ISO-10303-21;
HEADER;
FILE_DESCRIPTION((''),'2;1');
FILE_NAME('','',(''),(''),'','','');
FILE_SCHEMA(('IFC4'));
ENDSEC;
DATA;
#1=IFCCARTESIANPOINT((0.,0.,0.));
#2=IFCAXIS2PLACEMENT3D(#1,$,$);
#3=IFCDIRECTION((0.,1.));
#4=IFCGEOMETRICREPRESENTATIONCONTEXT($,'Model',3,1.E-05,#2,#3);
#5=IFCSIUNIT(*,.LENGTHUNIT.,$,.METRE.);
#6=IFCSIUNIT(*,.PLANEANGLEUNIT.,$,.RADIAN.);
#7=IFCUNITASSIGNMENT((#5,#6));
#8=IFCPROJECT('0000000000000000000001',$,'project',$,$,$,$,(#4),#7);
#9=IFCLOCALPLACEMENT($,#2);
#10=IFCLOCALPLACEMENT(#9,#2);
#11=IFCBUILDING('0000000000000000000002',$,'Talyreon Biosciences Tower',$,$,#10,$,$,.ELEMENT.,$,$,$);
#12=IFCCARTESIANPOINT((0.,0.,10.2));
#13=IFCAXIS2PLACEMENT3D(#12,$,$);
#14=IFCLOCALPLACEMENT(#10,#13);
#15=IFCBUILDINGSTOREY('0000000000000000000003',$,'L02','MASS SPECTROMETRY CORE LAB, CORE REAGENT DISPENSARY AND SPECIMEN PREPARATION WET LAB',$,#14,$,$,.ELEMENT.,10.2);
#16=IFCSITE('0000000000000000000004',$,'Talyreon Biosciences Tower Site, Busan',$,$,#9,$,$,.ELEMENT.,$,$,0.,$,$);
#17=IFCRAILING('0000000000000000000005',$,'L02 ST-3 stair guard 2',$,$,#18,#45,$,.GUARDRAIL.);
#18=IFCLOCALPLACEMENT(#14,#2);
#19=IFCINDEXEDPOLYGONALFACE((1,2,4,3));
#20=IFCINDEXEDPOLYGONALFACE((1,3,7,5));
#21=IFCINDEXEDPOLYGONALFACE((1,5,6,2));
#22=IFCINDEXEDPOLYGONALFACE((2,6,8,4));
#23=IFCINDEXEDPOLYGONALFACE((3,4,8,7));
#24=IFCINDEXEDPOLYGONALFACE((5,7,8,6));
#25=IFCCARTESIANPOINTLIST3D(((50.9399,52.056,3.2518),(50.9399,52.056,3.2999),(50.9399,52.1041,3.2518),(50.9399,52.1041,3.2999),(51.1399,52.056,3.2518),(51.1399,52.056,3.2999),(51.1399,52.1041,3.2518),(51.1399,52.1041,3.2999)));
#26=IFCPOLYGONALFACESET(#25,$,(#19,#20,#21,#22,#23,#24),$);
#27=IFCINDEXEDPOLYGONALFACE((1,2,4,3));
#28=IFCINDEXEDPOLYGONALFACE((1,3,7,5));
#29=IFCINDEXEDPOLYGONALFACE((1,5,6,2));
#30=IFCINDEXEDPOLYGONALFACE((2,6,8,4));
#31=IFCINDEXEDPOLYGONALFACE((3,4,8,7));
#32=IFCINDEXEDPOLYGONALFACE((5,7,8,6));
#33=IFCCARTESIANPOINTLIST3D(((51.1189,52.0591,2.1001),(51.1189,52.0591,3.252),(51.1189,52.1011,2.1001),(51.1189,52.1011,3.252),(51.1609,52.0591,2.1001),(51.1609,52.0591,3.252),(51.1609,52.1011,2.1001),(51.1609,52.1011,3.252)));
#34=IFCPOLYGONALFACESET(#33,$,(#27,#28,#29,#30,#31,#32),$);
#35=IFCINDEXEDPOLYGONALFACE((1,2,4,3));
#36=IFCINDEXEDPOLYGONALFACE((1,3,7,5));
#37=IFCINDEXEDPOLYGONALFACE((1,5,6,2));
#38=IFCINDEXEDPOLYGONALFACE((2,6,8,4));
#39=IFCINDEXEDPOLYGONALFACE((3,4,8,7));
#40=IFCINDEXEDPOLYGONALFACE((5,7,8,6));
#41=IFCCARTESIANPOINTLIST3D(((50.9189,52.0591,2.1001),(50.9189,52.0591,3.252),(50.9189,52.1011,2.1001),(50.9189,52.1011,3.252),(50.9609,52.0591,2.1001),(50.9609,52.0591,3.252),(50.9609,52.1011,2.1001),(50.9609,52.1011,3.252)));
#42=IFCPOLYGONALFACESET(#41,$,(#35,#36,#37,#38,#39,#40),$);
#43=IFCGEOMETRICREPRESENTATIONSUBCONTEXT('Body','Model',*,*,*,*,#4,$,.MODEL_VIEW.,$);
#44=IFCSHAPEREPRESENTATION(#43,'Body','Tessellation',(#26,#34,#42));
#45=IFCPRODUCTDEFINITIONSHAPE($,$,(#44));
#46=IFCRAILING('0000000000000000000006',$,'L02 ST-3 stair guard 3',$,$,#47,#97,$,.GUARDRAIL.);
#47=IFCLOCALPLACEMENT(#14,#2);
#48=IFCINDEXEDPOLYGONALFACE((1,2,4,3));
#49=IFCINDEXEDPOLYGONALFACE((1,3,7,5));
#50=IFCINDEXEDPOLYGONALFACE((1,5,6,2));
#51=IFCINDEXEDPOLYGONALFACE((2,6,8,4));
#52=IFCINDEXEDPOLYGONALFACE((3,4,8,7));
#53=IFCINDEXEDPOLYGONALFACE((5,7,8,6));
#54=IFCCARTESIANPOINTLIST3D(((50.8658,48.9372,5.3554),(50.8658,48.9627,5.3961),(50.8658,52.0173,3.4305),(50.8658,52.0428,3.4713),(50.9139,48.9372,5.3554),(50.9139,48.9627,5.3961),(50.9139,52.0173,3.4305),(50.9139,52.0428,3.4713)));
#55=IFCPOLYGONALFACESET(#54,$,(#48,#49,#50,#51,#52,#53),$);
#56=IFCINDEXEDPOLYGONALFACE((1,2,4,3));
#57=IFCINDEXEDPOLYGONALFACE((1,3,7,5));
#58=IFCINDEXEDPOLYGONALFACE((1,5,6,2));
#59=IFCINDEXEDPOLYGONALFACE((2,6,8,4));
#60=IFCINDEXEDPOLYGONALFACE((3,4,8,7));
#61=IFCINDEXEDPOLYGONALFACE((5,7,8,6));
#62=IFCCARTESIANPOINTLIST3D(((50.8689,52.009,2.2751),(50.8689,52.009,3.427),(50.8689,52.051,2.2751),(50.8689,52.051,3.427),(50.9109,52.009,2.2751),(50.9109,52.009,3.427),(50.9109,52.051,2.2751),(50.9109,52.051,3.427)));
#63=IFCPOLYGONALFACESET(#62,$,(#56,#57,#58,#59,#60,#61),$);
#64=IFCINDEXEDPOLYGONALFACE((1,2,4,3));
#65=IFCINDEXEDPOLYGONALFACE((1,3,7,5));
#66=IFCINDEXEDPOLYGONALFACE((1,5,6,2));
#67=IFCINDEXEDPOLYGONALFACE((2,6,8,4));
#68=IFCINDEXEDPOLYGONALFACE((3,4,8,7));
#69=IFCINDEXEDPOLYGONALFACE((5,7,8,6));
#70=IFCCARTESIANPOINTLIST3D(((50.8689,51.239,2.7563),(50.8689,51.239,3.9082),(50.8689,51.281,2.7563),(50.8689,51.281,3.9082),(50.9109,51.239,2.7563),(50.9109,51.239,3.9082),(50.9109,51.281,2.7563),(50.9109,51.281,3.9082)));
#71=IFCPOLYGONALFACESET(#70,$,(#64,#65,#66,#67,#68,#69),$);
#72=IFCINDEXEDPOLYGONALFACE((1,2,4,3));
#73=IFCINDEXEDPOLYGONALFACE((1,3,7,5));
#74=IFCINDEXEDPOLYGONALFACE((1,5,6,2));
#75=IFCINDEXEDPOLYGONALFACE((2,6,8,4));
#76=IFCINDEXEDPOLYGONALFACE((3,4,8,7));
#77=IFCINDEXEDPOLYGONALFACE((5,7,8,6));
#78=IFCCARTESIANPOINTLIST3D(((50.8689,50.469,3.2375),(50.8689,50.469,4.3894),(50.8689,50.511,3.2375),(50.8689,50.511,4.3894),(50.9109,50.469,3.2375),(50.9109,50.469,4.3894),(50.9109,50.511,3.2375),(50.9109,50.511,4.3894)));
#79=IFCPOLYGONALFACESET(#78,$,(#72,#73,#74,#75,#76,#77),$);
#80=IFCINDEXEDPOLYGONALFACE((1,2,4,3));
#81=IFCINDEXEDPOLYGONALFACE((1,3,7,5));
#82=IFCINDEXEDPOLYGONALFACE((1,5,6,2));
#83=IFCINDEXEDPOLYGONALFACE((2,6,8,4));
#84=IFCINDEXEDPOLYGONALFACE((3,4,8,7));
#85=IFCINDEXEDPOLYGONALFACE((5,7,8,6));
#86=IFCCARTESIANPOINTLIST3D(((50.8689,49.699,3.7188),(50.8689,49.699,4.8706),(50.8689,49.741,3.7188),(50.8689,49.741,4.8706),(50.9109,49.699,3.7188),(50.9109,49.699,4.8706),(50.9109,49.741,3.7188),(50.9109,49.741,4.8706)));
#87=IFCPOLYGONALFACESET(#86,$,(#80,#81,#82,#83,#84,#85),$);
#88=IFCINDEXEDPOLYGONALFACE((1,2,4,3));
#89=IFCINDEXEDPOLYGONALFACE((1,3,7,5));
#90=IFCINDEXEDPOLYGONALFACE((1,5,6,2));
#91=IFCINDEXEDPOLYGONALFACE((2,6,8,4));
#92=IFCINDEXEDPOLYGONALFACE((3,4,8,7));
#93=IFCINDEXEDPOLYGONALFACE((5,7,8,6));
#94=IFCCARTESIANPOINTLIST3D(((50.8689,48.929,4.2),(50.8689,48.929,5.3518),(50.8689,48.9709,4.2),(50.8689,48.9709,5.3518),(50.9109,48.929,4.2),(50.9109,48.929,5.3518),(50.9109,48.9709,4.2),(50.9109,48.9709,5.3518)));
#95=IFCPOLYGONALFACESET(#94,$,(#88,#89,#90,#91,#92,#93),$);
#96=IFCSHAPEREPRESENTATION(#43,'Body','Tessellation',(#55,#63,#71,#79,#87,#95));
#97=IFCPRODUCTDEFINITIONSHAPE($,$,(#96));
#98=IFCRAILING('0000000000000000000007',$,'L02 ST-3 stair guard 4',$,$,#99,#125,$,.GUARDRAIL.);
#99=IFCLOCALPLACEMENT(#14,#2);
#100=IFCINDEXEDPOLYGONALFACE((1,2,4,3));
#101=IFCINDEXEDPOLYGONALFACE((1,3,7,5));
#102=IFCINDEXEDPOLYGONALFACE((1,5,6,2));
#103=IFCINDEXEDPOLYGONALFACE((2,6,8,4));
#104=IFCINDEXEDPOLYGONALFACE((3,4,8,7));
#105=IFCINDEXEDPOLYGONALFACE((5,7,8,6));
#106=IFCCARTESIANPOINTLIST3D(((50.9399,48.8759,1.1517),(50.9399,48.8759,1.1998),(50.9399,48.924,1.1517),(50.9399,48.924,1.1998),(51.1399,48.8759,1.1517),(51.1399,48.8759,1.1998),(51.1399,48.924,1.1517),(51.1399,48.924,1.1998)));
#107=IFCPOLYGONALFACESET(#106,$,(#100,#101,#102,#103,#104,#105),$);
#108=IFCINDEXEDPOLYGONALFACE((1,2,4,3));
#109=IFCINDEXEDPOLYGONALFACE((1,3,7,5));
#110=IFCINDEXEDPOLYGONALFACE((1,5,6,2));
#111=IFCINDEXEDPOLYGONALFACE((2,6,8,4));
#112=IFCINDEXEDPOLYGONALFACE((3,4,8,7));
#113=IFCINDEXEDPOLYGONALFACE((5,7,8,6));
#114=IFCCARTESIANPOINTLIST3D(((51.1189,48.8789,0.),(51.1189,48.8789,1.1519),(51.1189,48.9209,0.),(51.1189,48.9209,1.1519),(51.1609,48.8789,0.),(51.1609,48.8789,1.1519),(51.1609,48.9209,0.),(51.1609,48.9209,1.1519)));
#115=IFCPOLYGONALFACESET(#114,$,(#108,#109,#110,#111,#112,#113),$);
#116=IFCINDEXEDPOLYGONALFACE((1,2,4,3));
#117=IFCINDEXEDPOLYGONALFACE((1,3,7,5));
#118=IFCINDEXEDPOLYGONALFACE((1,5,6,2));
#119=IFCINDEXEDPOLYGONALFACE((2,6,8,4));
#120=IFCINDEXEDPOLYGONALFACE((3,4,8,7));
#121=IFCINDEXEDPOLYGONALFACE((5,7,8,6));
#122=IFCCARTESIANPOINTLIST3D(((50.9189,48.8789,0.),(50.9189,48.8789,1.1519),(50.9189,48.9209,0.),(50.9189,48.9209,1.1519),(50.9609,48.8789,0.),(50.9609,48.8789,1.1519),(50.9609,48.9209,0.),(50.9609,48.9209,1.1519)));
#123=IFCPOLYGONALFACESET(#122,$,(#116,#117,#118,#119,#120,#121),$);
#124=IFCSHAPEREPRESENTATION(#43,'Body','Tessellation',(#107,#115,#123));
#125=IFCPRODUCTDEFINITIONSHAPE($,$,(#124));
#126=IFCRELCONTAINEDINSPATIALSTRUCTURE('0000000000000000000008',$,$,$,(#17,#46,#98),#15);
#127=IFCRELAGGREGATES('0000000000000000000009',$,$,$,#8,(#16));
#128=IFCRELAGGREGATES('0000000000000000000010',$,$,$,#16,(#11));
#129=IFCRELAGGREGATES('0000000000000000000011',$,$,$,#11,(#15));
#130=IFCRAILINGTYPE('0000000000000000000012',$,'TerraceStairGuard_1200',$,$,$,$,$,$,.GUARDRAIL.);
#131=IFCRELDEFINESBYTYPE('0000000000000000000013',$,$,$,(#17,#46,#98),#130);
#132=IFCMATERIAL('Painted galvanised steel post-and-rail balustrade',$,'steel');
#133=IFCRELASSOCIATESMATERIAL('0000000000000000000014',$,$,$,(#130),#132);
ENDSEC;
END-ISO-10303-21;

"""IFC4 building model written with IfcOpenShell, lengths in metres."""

from ifc_helpers import new_model, si_unit, direction, frame, origin, origin_2d, place, context, subcontext, project, spatial, rectangle, extrude, material, type_object, element, save


model = new_model("IFC4")

# Units and contexts
model_context = context("Model", 3, precision=1e-05, world=origin(), true_north=direction((0.0, 1.0)))
body_context = subcontext(model_context, "Body", "Model", "MODEL_VIEW")
ifc_project = project(units=[si_unit("LENGTHUNIT", "METRE"), si_unit("PLANEANGLEUNIT", "RADIAN")], contexts=[model_context])

# Site, building, storey
site_placement = place(None, origin())
site = spatial("IfcSite", under=ifc_project, at=site_placement, Name="Talyreon Biosciences Tower Site, Busan", CompositionType="ELEMENT", RefElevation=0.0)
building_placement = place(site_placement, origin())
building = spatial("IfcBuilding", under=site, at=building_placement, Name="Talyreon Biosciences Tower", CompositionType="ELEMENT")
storey_placement = place(building_placement, frame((0.0, 0.0, 10.2)))
storey = spatial("IfcBuildingStorey", under=building, at=storey_placement, Name="L02", Description="MASS SPECTROMETRY CORE LAB, CORE REAGENT DISPENSARY AND SPECIMEN PREPARATION WET LAB", CompositionType="ELEMENT", Elevation=10.2)

# Railings
ifc_material_1 = material(Name="Painted galvanised steel post-and-rail balustrade", Category="steel")
railing_type_1 = type_object("IfcRailingType", Name="TerraceStairGuard_1200", PredefinedType="GUARDRAIL", material=ifc_material_1)
railing_1_placement = place(storey_placement, frame((51.1399, 52.0801, 2.1001)))
element("IfcRailing", 1, at=railing_1_placement, inside=storey, type_object=railing_type_1, Name="L02 ST-3 stair guard 2", PredefinedType="GUARDRAIL", context=body_context, shape_type="SweptSolid", body=[
    extrude(rectangle(XDim=0.0481, YDim=0.0481, at=origin_2d()), frame((0.0, 0.0, 1.1758), z_axis=(-1.0, 0.0, 0.0), x_axis=(0.0, -1.0, 0.0)), (0.0, 0.0, 1.0), 0.2),
    extrude(rectangle(XDim=0.042, YDim=0.042, at=origin_2d()), origin(), (0.0, 0.0, 1.0), 1.1519),
    extrude(rectangle(XDim=0.042, YDim=0.042, at=origin_2d()), frame((-0.2, 0.0, 0.0)), (0.0, 0.0, 1.0), 1.1519),
])
railing_2_placement = place(storey_placement, frame((50.8899, 52.03, 2.2751)))
element("IfcRailing", 2, at=railing_2_placement, inside=storey, type_object=railing_type_1, Name="L02 ST-3 stair guard 3", PredefinedType="GUARDRAIL", context=body_context, shape_type="SweptSolid", body=[
    extrude(rectangle(XDim=0.0481, YDim=0.0481, at=origin_2d()), frame((0.0, 0.0, 1.1758), z_axis=(0.0, -0.848029, 0.529951), x_axis=(1.0, 0.0, 0.0)), (0.0, 0.0, 1.0), 3.6321),
    extrude(rectangle(XDim=0.042, YDim=0.042, at=origin_2d()), origin(), (0.0, 0.0, 1.0), 1.1519),
    extrude(rectangle(XDim=0.042, YDim=0.042, at=origin_2d()), frame((0.0, -0.77, 0.4812)), (0.0, 0.0, 1.0), 1.1519),
    extrude(rectangle(XDim=0.042, YDim=0.042, at=origin_2d()), frame((0.0, -1.54, 0.9624)), (0.0, 0.0, 1.0), 1.1519),
    extrude(rectangle(XDim=0.042, YDim=0.042, at=origin_2d()), frame((0.0, -2.3101, 1.4436)), (0.0, 0.0, 1.0), 1.1519),
    extrude(rectangle(XDim=0.042, YDim=0.042, at=origin_2d()), frame((0.0, -3.0801, 1.9248)), (0.0, 0.0, 1.0), 1.1519),
])
railing_3_placement = place(storey_placement, frame((51.1399, 48.8999, 0.0)))
element("IfcRailing", 3, at=railing_3_placement, inside=storey, type_object=railing_type_1, Name="L02 ST-3 stair guard 4", PredefinedType="GUARDRAIL", context=body_context, shape_type="SweptSolid", body=[
    extrude(rectangle(XDim=0.0481, YDim=0.0481, at=origin_2d()), frame((0.0, 0.0, 1.1758), z_axis=(-1.0, 0.0, 0.0), x_axis=(0.0, -1.0, 0.0)), (0.0, 0.0, 1.0), 0.2),
    extrude(rectangle(XDim=0.042, YDim=0.042, at=origin_2d()), origin(), (0.0, 0.0, 1.0), 1.1519),
    extrude(rectangle(XDim=0.042, YDim=0.042, at=origin_2d()), frame((-0.2, 0.0, 0.0)), (0.0, 0.0, 1.0), 1.1519),
])

save(model, "model.ifc")
